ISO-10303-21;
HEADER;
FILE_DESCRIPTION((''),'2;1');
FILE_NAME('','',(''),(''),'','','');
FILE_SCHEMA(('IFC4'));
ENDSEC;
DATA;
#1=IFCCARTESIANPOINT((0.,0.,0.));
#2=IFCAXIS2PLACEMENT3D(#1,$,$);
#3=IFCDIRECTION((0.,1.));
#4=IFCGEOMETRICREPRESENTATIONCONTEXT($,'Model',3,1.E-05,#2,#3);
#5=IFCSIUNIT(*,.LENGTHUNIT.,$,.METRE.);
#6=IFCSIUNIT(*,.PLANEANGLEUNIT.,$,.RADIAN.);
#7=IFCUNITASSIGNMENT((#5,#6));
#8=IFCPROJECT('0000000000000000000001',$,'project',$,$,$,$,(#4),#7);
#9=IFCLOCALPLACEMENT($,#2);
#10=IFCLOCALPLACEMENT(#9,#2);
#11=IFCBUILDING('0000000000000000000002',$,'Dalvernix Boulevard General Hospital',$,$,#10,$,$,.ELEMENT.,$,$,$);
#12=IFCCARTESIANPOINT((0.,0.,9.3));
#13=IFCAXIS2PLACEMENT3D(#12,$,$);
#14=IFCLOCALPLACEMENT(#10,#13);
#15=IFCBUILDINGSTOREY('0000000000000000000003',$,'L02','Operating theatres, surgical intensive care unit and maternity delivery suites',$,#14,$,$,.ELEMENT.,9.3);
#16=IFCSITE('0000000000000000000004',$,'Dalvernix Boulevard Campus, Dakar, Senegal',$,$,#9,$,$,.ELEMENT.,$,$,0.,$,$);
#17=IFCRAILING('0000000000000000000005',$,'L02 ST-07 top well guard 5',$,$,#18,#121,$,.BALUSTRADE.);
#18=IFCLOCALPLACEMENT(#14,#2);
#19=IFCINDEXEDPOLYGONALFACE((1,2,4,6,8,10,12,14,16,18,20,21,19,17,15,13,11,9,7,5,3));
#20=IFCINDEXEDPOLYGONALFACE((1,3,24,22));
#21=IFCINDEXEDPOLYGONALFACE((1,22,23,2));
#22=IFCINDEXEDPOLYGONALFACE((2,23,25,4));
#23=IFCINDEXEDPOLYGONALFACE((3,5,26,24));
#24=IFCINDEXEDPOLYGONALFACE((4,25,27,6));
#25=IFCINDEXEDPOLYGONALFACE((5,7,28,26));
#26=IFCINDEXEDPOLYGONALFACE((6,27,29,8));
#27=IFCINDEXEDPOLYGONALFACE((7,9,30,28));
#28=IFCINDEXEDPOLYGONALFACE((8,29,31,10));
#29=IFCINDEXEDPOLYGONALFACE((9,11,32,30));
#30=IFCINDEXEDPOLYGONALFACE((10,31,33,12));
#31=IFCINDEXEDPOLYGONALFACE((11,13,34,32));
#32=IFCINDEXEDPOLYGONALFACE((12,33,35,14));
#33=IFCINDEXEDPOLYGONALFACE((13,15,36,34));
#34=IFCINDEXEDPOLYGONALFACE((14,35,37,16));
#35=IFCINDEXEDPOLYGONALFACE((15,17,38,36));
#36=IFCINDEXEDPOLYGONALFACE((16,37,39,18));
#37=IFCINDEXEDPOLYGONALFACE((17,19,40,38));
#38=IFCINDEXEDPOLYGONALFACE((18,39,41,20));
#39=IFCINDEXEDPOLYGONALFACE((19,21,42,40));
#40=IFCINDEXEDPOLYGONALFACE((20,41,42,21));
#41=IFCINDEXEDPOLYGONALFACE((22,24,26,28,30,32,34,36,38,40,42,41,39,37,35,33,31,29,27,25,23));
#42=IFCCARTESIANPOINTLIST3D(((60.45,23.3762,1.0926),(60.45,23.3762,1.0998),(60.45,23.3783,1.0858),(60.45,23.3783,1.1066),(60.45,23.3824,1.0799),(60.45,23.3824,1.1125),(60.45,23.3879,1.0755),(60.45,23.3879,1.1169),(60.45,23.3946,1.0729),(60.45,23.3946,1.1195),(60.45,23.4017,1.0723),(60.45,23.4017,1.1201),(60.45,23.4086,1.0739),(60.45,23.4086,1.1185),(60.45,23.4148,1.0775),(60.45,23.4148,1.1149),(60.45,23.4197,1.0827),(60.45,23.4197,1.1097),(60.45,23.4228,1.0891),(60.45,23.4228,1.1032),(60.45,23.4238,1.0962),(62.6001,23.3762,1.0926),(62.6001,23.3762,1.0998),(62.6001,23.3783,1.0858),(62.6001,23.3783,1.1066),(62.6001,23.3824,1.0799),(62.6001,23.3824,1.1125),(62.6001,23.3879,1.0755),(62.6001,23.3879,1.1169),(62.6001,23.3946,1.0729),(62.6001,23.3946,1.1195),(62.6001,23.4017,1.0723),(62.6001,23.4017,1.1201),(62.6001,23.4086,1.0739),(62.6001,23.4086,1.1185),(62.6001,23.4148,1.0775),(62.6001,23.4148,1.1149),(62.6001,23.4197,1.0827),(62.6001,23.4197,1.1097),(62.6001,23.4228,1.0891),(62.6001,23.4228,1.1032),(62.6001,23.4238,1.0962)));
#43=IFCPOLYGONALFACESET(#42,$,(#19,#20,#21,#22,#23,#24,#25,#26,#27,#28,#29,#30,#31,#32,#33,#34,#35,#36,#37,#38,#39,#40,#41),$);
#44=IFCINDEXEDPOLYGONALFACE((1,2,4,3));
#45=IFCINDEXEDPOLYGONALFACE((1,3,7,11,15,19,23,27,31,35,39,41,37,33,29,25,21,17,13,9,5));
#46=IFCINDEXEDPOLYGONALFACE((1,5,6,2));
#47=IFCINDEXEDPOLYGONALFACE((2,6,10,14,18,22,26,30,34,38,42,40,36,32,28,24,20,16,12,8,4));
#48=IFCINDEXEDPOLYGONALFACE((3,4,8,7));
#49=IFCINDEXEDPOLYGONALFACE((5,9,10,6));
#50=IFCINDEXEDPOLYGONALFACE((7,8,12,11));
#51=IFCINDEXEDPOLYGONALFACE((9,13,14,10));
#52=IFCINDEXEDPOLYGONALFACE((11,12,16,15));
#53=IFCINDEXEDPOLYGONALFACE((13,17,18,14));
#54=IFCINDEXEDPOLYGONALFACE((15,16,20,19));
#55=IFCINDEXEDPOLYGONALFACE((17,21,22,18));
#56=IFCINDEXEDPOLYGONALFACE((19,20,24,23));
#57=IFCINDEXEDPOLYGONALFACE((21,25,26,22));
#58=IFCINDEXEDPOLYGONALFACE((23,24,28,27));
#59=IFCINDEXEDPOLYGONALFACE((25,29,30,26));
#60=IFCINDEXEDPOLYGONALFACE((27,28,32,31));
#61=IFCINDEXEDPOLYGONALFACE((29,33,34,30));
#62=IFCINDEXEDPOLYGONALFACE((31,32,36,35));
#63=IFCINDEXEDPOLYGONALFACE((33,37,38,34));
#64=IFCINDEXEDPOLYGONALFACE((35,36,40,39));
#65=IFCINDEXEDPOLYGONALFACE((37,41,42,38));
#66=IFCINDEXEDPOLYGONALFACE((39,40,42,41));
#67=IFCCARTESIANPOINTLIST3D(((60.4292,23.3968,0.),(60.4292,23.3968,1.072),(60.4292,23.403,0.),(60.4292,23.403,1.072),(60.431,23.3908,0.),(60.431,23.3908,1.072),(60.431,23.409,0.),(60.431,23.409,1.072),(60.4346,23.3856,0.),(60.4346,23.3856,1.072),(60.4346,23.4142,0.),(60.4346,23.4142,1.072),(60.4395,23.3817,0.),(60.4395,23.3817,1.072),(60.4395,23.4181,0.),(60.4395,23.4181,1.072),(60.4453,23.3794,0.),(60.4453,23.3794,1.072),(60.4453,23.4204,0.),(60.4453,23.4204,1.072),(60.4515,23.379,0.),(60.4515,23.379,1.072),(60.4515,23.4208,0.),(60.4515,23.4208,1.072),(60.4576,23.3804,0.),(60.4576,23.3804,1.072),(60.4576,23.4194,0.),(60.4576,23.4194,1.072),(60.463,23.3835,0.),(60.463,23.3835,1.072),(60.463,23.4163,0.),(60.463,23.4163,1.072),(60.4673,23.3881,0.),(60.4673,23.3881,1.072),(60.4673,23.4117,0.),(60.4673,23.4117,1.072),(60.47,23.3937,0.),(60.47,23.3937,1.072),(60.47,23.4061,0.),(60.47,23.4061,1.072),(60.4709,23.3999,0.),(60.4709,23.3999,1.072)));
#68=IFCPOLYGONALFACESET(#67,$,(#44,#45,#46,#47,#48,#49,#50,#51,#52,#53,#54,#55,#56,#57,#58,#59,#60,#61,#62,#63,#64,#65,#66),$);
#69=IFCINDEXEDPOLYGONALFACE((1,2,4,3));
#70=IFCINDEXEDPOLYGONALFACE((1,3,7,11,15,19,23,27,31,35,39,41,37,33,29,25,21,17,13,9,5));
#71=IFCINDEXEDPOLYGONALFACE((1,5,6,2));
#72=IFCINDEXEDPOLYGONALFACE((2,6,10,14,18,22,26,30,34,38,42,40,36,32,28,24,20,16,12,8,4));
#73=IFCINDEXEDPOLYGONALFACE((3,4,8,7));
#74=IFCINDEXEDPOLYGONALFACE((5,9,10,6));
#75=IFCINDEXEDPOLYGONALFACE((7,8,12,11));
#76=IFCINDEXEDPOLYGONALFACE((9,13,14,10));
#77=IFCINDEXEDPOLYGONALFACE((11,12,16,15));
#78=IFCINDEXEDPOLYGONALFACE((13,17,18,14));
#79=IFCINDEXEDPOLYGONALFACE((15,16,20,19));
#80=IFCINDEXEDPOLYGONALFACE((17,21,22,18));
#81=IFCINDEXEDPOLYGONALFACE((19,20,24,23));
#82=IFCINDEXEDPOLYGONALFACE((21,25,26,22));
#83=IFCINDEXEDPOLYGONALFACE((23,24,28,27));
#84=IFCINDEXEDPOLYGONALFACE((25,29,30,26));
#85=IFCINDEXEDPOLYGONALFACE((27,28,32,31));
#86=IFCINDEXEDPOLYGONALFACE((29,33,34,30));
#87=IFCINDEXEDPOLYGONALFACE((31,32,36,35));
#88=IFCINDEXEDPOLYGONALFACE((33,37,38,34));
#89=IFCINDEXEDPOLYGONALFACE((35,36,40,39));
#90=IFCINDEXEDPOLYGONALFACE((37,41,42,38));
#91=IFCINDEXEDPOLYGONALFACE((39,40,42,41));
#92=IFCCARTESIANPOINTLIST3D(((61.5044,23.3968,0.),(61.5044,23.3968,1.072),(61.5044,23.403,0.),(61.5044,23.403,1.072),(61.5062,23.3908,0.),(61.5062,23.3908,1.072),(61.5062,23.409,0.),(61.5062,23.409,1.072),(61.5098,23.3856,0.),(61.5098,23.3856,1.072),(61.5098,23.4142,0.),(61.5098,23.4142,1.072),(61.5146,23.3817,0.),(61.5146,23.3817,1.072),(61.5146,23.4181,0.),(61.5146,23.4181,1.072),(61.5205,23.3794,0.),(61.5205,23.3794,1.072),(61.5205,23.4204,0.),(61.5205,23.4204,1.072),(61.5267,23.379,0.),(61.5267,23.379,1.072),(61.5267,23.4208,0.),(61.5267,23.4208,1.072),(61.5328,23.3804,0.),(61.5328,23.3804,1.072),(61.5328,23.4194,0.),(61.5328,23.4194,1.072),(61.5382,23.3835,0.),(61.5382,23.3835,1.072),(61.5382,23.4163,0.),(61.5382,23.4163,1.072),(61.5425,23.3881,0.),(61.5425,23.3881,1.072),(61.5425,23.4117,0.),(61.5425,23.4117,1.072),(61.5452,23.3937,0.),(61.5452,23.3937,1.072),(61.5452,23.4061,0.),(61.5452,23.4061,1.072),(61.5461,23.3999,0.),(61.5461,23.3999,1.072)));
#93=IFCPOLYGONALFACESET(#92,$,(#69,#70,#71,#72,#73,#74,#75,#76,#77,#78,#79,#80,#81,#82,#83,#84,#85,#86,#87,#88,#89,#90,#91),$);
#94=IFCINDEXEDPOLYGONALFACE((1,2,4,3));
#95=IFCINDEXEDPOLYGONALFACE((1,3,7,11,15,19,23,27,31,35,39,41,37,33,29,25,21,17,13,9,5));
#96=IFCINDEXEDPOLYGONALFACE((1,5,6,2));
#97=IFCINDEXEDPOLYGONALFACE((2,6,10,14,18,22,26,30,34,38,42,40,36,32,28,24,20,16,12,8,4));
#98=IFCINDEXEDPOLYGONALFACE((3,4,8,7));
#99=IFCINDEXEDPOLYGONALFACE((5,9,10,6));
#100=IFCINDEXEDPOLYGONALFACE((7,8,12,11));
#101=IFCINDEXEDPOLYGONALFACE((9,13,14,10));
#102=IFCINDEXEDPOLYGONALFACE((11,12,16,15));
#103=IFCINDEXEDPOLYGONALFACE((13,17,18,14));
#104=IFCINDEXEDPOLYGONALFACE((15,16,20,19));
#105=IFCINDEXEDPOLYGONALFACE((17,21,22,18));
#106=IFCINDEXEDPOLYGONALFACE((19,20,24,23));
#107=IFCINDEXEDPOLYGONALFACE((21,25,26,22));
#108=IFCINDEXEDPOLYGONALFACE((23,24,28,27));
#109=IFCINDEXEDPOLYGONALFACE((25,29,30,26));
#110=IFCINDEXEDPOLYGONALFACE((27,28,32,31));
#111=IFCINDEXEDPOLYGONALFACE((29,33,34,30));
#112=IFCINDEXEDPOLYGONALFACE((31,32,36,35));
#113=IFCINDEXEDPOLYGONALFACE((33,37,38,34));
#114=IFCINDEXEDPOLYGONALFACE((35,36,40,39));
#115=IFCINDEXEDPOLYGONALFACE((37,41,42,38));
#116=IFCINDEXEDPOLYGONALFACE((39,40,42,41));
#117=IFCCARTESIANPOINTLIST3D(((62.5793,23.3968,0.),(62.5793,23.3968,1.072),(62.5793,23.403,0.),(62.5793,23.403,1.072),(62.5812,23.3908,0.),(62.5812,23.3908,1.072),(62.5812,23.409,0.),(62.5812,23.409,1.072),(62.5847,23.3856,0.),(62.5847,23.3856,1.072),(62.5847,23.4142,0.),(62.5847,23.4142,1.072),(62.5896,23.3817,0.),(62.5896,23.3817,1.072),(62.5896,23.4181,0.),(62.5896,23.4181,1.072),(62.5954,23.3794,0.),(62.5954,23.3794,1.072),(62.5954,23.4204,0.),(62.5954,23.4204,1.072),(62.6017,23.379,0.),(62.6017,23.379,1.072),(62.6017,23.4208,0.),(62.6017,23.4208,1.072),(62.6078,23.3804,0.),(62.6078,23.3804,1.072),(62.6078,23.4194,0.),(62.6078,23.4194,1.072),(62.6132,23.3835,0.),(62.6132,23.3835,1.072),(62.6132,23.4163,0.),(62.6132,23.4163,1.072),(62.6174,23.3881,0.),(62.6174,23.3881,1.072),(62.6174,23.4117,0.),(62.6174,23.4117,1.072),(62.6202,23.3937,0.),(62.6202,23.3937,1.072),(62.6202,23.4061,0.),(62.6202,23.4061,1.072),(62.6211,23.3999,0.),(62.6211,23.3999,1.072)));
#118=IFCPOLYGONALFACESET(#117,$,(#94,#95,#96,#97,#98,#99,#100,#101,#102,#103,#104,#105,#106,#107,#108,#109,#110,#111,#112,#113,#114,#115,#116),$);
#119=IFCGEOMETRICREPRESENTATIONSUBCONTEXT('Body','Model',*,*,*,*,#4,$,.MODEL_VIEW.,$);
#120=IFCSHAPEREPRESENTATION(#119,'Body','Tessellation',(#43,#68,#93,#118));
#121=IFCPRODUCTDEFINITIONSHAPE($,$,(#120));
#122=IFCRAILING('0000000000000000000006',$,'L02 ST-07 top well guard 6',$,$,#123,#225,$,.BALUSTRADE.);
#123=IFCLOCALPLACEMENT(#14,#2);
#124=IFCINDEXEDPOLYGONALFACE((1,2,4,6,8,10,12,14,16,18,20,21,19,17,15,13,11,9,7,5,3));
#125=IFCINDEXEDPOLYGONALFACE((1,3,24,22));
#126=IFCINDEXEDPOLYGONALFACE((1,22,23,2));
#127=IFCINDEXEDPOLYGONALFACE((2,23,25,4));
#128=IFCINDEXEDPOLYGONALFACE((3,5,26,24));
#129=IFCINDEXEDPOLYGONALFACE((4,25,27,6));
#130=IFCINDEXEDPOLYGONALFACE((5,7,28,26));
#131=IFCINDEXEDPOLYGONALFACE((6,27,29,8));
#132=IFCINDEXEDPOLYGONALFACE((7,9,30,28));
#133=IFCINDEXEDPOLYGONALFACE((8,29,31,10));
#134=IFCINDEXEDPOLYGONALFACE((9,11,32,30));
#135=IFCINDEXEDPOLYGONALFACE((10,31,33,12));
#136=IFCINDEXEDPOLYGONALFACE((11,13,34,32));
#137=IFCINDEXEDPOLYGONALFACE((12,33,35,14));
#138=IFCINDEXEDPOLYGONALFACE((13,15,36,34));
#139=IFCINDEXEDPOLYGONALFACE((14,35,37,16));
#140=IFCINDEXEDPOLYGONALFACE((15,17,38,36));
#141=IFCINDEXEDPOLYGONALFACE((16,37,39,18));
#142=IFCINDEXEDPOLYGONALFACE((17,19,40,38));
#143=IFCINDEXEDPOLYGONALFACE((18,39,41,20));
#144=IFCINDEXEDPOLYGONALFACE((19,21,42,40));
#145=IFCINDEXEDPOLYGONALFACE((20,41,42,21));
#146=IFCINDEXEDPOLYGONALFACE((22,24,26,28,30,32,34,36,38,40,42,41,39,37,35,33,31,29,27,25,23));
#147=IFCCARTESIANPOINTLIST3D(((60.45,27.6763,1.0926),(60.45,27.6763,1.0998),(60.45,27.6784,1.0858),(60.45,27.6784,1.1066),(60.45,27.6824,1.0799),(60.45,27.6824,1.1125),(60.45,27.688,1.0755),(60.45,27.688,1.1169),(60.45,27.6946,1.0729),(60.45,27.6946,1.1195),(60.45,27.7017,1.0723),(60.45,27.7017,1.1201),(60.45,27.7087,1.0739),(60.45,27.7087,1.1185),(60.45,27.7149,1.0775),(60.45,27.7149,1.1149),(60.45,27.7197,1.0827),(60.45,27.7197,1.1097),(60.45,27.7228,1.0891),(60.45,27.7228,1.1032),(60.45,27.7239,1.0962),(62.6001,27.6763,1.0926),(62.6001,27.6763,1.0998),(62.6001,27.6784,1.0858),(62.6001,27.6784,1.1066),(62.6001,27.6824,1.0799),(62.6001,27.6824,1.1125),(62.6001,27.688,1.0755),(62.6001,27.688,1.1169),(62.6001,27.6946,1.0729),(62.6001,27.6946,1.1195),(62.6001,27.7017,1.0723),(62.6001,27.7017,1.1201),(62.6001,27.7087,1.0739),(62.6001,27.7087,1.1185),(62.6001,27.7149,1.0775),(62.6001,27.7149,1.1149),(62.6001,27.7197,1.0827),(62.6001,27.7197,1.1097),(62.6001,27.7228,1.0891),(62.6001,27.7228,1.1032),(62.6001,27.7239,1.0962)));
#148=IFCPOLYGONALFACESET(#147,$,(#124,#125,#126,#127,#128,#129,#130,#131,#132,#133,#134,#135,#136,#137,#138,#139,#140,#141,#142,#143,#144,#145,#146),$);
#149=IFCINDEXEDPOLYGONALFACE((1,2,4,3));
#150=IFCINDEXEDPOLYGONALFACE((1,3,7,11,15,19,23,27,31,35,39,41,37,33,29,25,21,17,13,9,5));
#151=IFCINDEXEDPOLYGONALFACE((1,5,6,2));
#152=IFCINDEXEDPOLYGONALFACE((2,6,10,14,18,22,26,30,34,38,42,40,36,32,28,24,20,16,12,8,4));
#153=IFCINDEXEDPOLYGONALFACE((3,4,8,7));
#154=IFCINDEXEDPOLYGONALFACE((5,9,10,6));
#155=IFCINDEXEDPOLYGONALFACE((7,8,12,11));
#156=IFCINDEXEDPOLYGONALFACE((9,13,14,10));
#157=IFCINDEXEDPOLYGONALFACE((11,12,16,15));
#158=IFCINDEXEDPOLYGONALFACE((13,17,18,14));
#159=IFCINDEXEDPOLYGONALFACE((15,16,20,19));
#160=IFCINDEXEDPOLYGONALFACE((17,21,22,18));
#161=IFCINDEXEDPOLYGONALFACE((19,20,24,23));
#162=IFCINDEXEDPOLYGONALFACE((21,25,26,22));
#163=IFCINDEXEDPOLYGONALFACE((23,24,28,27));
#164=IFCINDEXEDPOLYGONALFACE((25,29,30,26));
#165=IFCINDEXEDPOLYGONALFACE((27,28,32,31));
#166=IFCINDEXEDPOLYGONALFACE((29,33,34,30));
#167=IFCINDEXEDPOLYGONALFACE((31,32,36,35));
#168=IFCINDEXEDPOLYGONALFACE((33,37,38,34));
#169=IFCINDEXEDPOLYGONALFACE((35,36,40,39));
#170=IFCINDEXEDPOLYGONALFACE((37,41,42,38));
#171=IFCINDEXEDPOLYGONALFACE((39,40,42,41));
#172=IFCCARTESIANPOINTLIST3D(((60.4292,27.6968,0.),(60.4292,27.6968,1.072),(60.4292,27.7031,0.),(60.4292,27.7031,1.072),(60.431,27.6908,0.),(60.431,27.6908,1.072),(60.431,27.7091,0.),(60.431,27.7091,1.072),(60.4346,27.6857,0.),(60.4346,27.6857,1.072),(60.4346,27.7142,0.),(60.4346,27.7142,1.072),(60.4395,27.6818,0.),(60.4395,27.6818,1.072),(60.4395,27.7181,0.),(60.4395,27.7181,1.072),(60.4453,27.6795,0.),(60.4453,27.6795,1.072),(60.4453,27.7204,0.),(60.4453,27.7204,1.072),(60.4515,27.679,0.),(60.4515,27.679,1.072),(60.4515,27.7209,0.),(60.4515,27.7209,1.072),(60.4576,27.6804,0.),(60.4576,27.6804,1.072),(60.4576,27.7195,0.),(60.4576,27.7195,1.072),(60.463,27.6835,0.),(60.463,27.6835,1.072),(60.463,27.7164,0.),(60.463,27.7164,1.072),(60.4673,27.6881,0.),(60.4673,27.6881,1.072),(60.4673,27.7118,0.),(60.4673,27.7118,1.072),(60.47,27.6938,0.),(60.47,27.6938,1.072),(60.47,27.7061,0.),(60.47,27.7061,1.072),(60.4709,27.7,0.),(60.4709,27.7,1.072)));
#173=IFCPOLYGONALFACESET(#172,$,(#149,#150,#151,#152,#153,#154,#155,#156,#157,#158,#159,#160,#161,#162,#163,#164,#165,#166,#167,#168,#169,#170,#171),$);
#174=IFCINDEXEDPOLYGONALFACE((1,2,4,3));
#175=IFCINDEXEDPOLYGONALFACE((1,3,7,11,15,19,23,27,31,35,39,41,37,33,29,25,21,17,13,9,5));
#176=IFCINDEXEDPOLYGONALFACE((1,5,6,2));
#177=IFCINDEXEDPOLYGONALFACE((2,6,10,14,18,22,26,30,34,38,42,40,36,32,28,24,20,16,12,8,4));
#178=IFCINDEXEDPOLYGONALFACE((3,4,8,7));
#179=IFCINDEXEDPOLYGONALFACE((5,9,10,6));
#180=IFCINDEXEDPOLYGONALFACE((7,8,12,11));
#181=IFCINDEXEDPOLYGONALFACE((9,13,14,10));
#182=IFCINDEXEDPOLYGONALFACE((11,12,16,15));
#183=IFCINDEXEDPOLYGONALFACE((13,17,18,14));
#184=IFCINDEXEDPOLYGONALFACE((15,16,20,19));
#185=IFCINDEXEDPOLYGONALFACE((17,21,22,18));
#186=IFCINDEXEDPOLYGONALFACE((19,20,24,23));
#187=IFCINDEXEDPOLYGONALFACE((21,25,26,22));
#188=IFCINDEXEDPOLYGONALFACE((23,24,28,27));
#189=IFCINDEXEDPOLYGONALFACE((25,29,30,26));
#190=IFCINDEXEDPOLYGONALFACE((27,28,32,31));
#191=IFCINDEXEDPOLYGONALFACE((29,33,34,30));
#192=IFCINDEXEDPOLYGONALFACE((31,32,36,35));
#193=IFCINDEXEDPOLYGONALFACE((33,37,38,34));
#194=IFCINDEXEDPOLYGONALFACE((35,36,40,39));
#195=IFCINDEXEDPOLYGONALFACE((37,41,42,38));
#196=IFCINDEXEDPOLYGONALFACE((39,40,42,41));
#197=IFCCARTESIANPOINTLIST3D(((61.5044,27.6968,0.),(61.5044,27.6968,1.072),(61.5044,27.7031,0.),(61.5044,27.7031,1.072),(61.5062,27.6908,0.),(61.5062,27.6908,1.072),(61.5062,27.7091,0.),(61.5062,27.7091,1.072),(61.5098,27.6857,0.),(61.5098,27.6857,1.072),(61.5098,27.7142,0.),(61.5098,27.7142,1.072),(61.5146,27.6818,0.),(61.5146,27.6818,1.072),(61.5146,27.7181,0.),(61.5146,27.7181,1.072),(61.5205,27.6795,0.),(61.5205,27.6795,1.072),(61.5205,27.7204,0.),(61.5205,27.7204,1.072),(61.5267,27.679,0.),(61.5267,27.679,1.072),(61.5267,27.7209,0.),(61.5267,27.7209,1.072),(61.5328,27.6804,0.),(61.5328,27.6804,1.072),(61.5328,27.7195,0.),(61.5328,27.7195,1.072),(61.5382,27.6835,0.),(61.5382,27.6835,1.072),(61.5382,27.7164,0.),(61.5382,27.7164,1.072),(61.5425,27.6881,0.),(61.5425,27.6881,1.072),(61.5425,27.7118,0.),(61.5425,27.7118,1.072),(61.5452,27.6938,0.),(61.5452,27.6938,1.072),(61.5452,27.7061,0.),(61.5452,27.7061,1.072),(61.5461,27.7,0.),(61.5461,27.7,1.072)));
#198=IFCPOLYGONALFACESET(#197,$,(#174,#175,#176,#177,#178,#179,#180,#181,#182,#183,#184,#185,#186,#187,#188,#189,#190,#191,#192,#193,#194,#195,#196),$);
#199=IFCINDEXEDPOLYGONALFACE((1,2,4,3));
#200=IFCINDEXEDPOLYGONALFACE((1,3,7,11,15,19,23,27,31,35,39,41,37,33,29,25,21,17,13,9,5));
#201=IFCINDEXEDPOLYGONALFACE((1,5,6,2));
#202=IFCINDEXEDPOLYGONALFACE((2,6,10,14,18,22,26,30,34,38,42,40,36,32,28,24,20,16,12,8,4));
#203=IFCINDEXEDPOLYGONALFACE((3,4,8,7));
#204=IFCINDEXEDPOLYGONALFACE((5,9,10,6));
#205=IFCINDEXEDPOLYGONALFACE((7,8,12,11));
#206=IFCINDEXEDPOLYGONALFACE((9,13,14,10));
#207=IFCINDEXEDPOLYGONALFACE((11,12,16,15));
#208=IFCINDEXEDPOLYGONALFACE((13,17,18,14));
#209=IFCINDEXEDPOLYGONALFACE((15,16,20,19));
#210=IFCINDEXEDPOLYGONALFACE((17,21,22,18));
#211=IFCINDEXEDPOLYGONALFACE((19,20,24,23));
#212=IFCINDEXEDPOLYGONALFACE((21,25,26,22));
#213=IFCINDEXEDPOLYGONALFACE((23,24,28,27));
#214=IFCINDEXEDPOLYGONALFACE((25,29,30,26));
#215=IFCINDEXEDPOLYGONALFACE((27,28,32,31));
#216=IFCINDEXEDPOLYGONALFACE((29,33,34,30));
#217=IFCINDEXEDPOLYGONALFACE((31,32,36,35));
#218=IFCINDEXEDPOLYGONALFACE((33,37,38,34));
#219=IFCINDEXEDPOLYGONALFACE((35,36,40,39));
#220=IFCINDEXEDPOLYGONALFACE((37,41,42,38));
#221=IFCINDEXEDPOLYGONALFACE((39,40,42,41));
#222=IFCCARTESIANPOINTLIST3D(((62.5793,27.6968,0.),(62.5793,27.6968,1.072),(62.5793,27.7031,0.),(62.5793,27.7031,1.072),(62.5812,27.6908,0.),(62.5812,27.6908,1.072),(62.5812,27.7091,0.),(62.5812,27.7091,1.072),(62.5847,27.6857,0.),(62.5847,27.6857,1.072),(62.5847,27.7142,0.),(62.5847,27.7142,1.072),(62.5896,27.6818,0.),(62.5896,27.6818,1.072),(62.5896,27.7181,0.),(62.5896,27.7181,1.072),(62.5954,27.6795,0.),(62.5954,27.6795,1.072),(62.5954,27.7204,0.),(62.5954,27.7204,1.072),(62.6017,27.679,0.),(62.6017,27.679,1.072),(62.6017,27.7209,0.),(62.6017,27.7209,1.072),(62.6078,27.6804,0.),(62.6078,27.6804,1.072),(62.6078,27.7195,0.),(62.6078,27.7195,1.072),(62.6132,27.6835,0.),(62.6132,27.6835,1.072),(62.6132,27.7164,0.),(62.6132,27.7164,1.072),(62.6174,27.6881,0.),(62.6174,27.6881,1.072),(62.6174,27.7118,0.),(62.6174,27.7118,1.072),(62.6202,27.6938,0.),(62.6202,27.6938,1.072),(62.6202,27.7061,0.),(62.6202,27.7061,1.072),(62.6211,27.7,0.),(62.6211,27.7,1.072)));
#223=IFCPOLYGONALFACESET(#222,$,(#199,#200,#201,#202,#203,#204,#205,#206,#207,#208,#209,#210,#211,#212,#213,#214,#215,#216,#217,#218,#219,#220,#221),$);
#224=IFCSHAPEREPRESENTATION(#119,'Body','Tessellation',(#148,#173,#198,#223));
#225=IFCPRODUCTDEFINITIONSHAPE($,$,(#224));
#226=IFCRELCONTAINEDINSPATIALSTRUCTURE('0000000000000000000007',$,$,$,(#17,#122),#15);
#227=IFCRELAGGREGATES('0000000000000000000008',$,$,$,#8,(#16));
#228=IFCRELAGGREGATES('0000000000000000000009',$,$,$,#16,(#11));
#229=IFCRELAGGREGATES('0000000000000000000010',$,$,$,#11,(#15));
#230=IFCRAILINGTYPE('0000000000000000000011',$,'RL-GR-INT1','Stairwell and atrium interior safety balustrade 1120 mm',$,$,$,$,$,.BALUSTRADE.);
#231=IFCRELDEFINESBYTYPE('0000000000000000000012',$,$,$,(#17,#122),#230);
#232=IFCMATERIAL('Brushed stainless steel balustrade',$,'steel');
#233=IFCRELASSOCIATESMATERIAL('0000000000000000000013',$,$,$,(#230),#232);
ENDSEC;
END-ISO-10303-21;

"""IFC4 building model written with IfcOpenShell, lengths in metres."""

from ifc_helpers import new_model, si_unit, direction, frame, origin, origin_2d, place, context, subcontext, project, spatial, circle, extrude, material, type_object, element, save


model = new_model("IFC4")

# Units and contexts
model_context = context("Model", 3, precision=1e-05, world=origin(), true_north=direction((0.0, 1.0)))
body_context = subcontext(model_context, "Body", "Model", "MODEL_VIEW")
ifc_project = project(units=[si_unit("LENGTHUNIT", "METRE"), si_unit("PLANEANGLEUNIT", "RADIAN")], contexts=[model_context])

# Site, building, storey
site_placement = place(None, origin())
site = spatial("IfcSite", under=ifc_project, at=site_placement, Name="Dalvernix Boulevard Campus, Dakar, Senegal", CompositionType="ELEMENT", RefElevation=0.0)
building_placement = place(site_placement, origin())
building = spatial("IfcBuilding", under=site, at=building_placement, Name="Dalvernix Boulevard General Hospital", CompositionType="ELEMENT")
storey_placement = place(building_placement, frame((0.0, 0.0, 9.3)))
storey = spatial("IfcBuildingStorey", under=building, at=storey_placement, Name="L02", Description="Operating theatres, surgical intensive care unit and maternity delivery suites", CompositionType="ELEMENT", Elevation=9.3)

# Railings
ifc_material_1 = material(Name="Brushed stainless steel balustrade", Category="steel")
railing_type = type_object("IfcRailingType", Name="RL-GR-INT1", Description="Stairwell and atrium interior safety balustrade 1120 mm", PredefinedType="BALUSTRADE", material=ifc_material_1)
for number, where, name in (
    (1, (60.45, 23.3999, 0.0), "L02 ST-07 top well guard 5"),
    (2, (60.45, 27.7, 0.0), "L02 ST-07 top well guard 6"),
):
    element("IfcRailing", number, at=place(storey_placement, frame(where)), inside=storey, type_object=railing_type, Name=name, PredefinedType="BALUSTRADE", context=body_context, shape_type="SweptSolid", body=[
        extrude(circle(Radius=0.0239, at=origin_2d()), frame((0.0, 0.0, 1.0962), z_axis=(1.0, 0.0, 0.0), x_axis=(0.0, 1.0, 0.0)), (0.0, 0.0, 1.0), 2.1501),
        extrude(circle(Radius=0.021, at=origin_2d()), origin(), (0.0, 0.0, 1.0), 1.072),
        extrude(circle(Radius=0.021, at=origin_2d()), frame((1.0752, 0.0, 0.0)), (0.0, 0.0, 1.0), 1.072),
        extrude(circle(Radius=0.021, at=origin_2d()), frame((2.1501, 0.0, 0.0)), (0.0, 0.0, 1.0), 1.072),
    ])

save(model, "model.ifc")
